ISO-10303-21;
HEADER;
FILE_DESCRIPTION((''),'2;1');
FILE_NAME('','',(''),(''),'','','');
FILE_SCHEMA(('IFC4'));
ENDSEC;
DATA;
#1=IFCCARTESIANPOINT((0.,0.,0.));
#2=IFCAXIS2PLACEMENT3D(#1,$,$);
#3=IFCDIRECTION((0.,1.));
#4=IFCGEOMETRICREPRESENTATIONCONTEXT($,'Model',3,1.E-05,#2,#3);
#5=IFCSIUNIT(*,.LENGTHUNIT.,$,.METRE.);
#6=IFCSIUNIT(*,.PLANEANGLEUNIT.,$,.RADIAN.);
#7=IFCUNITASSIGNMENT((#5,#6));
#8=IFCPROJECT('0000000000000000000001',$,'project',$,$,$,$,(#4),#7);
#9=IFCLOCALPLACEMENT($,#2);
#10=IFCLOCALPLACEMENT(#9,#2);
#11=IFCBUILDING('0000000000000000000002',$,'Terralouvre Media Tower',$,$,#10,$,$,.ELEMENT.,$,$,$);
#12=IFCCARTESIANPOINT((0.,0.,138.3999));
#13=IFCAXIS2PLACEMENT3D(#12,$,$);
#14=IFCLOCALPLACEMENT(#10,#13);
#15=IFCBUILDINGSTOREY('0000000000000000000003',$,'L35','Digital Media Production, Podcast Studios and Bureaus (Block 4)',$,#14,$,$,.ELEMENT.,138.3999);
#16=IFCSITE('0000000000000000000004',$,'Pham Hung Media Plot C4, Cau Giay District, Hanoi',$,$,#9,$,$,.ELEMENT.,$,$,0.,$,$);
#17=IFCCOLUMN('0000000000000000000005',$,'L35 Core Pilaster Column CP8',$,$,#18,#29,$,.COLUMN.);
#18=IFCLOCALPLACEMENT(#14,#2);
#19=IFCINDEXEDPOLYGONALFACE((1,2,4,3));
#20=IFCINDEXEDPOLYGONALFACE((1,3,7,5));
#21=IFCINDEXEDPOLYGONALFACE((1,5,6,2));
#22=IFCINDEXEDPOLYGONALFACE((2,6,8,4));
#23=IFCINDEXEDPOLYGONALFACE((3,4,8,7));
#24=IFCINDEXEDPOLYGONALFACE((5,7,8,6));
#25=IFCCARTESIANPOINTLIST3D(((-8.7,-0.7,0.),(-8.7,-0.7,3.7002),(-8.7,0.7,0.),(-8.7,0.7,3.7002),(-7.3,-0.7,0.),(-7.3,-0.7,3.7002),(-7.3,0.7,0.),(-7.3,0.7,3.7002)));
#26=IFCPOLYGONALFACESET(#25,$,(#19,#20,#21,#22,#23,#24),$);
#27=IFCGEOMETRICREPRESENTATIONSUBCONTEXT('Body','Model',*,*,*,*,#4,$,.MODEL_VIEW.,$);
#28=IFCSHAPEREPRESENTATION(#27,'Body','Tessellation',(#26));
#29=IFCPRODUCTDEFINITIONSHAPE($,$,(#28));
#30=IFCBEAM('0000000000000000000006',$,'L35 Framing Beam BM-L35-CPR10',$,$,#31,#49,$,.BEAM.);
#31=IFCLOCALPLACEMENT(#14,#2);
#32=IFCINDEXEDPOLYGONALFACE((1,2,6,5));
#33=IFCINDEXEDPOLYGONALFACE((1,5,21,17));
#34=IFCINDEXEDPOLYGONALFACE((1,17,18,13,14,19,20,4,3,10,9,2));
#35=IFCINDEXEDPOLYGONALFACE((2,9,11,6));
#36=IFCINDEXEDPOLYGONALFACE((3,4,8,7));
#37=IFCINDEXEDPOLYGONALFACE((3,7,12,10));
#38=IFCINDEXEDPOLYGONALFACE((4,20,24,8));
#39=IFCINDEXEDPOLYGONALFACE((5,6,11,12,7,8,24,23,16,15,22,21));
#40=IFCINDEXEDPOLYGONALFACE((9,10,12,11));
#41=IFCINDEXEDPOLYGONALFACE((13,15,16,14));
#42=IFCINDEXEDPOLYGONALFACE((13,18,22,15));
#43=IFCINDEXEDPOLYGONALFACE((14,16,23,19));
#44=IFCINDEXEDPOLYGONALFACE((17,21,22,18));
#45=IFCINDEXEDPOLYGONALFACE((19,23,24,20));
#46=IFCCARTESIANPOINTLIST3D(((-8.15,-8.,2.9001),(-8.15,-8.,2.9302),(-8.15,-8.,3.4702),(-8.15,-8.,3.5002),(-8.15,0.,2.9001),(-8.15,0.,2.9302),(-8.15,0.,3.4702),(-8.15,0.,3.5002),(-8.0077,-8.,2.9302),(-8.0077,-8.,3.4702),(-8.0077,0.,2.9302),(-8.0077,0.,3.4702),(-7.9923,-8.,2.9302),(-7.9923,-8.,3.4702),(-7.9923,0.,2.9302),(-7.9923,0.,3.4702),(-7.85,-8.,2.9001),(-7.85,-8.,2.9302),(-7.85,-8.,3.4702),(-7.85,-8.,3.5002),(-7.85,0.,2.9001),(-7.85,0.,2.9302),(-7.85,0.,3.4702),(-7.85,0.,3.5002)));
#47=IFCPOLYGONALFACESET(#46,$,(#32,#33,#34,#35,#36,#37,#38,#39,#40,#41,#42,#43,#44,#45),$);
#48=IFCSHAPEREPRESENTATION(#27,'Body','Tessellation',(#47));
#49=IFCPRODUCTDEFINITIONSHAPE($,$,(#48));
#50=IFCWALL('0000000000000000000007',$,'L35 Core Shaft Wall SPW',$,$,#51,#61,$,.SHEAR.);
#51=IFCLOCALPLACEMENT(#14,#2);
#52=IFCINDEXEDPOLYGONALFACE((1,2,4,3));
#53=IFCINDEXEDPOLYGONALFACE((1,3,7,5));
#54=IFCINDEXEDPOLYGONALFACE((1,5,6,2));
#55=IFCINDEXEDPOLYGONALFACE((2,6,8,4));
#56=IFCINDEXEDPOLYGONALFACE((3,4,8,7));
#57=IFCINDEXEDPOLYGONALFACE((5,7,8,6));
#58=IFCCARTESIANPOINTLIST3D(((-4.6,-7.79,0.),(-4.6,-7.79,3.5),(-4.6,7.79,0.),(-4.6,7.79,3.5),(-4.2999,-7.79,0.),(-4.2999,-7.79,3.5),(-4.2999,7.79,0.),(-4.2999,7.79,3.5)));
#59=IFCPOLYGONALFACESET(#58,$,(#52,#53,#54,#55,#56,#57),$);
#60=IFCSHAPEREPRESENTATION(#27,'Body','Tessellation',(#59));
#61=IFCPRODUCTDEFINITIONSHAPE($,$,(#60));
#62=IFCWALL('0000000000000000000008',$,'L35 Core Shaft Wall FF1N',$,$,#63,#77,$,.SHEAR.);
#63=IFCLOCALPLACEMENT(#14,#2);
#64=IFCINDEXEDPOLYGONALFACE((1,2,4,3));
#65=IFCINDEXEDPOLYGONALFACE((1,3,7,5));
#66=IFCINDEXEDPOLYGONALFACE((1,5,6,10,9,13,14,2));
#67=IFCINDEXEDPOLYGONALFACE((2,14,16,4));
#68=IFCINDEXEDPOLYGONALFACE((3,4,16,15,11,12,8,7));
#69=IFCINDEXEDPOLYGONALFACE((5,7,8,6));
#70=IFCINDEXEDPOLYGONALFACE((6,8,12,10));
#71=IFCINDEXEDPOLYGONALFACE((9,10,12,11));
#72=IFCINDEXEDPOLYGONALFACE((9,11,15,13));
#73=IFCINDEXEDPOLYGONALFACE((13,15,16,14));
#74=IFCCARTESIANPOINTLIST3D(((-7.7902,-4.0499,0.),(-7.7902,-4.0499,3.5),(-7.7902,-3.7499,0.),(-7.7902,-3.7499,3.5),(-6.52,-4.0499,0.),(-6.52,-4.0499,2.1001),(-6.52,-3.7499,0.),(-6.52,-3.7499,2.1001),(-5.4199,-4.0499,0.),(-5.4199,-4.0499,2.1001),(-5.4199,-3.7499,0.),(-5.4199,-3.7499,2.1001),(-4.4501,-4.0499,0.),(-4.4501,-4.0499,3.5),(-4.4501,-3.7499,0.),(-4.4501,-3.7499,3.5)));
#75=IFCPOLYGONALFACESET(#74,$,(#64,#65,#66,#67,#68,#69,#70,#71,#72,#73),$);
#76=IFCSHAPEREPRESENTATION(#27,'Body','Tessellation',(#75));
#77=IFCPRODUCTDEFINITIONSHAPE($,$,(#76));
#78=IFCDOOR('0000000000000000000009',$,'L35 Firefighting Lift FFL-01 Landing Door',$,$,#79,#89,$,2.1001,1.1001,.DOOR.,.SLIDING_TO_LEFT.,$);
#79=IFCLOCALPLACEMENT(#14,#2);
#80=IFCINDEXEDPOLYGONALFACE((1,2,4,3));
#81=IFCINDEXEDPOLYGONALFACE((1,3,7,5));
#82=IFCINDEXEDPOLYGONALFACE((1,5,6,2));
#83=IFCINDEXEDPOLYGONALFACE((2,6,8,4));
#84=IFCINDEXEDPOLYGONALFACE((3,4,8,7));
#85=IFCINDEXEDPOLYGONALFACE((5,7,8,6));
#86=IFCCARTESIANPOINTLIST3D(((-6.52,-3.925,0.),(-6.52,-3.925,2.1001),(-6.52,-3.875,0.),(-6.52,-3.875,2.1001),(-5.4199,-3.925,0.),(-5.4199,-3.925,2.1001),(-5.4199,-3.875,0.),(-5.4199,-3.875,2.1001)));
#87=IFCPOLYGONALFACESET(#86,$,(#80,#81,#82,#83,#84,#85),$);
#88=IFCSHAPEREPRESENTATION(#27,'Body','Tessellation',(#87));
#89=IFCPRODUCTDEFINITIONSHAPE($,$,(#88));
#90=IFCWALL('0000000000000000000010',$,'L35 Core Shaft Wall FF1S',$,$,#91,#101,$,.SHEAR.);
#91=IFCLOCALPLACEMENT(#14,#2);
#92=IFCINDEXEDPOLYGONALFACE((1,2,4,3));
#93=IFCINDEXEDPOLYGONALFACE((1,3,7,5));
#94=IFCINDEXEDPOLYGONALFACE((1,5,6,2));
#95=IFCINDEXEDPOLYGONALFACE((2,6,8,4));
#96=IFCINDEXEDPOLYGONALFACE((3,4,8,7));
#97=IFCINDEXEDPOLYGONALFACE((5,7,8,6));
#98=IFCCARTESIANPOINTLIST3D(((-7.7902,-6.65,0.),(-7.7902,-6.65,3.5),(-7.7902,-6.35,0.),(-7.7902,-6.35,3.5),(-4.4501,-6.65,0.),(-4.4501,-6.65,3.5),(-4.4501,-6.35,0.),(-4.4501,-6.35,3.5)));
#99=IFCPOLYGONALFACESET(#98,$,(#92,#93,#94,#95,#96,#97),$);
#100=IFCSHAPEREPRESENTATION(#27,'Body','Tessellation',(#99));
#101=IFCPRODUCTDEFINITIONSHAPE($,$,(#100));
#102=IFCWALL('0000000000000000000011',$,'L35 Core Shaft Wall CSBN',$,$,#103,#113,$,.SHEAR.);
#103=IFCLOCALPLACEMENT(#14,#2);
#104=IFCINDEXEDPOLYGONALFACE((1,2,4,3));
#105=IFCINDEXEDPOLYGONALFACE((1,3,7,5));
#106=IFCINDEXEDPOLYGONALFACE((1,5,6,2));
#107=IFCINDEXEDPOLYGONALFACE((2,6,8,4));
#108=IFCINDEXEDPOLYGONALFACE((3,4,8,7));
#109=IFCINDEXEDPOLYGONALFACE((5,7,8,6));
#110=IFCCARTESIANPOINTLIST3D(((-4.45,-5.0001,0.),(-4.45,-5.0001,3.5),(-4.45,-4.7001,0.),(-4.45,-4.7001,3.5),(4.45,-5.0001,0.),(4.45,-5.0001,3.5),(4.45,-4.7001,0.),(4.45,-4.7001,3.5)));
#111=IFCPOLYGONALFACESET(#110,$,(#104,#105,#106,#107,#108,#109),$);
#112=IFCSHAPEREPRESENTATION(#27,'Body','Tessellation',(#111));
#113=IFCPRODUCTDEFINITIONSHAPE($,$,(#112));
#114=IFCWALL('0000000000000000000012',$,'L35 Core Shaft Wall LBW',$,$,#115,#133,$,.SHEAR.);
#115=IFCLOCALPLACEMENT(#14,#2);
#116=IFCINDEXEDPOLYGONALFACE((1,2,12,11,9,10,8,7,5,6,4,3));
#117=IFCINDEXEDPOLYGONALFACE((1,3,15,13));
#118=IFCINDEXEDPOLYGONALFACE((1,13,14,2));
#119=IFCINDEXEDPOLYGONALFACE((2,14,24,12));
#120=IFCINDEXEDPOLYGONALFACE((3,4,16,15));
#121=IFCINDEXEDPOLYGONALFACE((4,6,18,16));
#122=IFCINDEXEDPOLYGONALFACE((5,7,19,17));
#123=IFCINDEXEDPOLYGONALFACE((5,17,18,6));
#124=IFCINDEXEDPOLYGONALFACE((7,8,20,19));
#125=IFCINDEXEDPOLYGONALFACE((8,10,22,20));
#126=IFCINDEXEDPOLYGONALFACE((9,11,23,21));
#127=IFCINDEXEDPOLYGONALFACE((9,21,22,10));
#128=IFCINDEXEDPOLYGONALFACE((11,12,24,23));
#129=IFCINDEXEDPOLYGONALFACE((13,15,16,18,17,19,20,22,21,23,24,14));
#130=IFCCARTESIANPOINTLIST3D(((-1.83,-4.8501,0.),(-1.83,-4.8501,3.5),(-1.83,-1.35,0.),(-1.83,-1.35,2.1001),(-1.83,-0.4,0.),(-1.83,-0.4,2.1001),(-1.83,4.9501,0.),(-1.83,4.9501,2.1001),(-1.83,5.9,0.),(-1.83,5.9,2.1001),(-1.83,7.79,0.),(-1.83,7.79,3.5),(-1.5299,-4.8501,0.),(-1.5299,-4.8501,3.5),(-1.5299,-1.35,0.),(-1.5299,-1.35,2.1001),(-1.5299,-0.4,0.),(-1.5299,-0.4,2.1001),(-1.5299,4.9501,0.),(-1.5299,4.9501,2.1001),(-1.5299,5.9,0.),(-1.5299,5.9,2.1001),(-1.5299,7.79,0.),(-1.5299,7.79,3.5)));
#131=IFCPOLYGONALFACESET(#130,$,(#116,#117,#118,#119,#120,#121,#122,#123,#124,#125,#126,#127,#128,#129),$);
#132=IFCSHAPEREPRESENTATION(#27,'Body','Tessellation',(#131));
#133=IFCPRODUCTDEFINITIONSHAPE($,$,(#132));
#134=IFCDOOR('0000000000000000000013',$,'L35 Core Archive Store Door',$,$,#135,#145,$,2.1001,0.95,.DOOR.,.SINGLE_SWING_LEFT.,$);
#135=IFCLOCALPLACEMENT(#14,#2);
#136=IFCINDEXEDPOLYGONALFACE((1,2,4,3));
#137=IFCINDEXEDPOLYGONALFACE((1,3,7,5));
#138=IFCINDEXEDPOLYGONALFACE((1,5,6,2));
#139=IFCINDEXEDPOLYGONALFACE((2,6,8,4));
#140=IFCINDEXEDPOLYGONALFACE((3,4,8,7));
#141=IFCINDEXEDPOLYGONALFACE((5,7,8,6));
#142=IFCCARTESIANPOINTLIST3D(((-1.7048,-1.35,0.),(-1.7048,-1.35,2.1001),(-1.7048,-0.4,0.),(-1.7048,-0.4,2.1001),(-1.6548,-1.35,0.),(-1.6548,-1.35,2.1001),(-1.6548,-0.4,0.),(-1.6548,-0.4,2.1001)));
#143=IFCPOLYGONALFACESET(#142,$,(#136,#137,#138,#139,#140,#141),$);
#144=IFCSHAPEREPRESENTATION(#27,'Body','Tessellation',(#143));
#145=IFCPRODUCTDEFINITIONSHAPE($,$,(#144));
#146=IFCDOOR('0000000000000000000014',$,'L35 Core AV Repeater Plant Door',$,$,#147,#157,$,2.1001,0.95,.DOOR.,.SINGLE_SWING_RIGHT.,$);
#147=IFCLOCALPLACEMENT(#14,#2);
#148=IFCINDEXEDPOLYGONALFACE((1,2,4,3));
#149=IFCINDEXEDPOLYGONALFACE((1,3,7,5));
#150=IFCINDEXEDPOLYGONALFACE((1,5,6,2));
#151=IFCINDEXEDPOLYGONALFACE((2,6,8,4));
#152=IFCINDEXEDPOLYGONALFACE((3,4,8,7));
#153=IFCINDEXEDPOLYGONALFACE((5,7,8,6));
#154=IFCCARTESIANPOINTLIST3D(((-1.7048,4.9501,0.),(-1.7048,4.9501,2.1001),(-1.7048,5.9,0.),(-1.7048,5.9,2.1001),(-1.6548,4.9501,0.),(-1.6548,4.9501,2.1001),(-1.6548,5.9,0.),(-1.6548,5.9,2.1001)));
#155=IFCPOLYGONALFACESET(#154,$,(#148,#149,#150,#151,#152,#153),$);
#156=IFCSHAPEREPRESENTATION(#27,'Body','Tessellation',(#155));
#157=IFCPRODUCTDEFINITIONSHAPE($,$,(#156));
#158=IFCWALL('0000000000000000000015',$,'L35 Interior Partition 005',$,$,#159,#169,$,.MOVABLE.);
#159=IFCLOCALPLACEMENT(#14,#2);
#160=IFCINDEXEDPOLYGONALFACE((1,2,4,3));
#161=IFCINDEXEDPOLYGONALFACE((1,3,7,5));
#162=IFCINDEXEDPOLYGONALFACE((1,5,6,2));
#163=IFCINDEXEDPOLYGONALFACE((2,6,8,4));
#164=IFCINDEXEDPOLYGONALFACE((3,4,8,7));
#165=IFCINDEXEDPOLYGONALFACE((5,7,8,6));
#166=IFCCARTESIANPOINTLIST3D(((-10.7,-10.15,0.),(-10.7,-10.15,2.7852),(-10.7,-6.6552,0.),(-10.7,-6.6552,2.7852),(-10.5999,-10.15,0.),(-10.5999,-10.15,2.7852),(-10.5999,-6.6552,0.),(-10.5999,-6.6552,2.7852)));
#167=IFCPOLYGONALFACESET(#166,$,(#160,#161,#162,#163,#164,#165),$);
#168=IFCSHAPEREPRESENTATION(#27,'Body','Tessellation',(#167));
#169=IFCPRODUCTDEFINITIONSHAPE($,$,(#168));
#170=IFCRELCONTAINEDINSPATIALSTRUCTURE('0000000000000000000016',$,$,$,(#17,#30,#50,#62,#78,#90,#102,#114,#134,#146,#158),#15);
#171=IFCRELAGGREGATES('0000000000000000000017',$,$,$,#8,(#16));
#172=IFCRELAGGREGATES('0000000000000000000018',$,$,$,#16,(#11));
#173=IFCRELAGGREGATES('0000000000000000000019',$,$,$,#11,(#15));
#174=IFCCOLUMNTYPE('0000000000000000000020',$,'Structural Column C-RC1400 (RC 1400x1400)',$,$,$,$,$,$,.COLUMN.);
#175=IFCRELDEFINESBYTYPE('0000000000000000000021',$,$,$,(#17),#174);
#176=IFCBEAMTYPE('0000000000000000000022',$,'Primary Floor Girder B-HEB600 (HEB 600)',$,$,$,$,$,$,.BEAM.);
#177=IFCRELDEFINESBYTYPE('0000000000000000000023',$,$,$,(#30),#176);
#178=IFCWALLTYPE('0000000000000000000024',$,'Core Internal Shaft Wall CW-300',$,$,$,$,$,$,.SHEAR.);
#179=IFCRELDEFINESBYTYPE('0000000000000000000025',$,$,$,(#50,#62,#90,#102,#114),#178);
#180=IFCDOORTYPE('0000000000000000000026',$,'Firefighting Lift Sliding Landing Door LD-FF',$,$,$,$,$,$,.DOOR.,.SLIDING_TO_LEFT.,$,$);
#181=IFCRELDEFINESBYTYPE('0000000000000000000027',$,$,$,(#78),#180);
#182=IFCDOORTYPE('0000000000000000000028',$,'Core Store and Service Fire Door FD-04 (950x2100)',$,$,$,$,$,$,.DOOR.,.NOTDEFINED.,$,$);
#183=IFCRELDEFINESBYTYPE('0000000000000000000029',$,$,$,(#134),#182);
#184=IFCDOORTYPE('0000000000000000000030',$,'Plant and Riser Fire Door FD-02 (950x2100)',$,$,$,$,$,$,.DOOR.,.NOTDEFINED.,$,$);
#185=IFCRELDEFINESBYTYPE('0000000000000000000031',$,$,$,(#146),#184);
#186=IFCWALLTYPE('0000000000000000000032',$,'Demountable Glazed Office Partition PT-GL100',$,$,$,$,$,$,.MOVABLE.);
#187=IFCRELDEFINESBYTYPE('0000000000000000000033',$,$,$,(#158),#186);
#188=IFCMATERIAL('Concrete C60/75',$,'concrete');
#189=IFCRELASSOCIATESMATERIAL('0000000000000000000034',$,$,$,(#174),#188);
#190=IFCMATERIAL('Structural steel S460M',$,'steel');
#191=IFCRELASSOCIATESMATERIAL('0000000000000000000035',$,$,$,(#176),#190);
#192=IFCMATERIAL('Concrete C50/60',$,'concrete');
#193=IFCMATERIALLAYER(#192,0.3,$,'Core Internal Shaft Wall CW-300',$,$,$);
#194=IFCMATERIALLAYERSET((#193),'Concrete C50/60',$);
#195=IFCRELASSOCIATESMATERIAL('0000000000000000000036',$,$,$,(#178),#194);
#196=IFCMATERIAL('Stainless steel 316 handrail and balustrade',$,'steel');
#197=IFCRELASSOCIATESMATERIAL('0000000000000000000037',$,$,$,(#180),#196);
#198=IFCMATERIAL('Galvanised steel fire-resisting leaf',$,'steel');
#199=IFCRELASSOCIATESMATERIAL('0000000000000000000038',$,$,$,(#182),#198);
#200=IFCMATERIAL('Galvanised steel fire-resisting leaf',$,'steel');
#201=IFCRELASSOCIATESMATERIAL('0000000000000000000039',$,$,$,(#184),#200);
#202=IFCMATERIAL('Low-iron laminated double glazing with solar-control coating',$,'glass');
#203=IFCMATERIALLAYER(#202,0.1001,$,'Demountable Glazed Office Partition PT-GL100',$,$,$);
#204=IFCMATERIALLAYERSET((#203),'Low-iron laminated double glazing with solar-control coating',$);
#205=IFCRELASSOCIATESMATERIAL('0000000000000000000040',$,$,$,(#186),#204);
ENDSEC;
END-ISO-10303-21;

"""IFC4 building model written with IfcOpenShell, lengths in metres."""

from ifc_helpers import new_model, si_unit, direction, frame, frame_2d, origin, origin_2d, place, context, subcontext, project, spatial, rectangle, i_section, extrude, material, layer, layer_set, material_profile, profile_set, type_object, element, fill, save


model = new_model("IFC4")

# Units and contexts
model_context = context("Model", 3, precision=1e-05, world=origin(), true_north=direction((0.0, 1.0)))
body_context = subcontext(model_context, "Body", "Model", "MODEL_VIEW")
ifc_project = project(units=[si_unit("LENGTHUNIT", "METRE"), si_unit("PLANEANGLEUNIT", "RADIAN")], contexts=[model_context])

# Site, building, storey
site_placement = place(None, origin())
site = spatial("IfcSite", under=ifc_project, at=site_placement, Name="Pham Hung Media Plot C4, Cau Giay District, Hanoi", CompositionType="ELEMENT", RefElevation=0.0)
building_placement = place(site_placement, origin())
building = spatial("IfcBuilding", under=site, at=building_placement, Name="Terralouvre Media Tower", CompositionType="ELEMENT")
storey_placement = place(building_placement, frame((0.0, 0.0, 138.3999)))
storey = spatial("IfcBuildingStorey", under=building, at=storey_placement, Name="L35", Description="Digital Media Production, Podcast Studios and Bureaus (Block 4)", CompositionType="ELEMENT", Elevation=138.3999)

# Column
ifc_material_1 = material(Name="Concrete C60/75", Category="concrete")
ifc_material_profile_1 = material_profile(ifc_material_1, rectangle(XDim=1.3999, YDim=1.3999, at=origin_2d()), Name="RC 1400x1400")
ifc_profile_set_1 = profile_set([ifc_material_profile_1], Name="Concrete C60/75")
column_type = type_object("IfcColumnType", Name="Structural Column C-RC1400 (RC 1400x1400)", PredefinedType="COLUMN", material=ifc_profile_set_1)
column_placement = place(storey_placement, frame((-8.0, 0.0, 0.0), z_axis=(0.0, 0.0, 1.0), x_axis=(1.0, 0.0, 0.0)))
element("IfcColumn", 1, at=column_placement, inside=storey, type_object=column_type, Name="L35 Core Pilaster Column CP8", PredefinedType="COLUMN", context=body_context, shape_type="SweptSolid", body=[
    extrude(rectangle(XDim=1.3999, YDim=1.3999, at=origin_2d()), origin(), (0.0, 0.0, 1.0), 3.7002),
])

# Beam
ifc_material_2 = material(Name="Structural steel S460M", Category="steel")
ifc_material_profile_2 = material_profile(ifc_material_2, i_section(OverallWidth=0.3, OverallDepth=0.6001, WebThickness=0.0154, FlangeThickness=0.03, at=origin_2d()), Name="HEB 600")
ifc_profile_set_2 = profile_set([ifc_material_profile_2], Name="Structural steel S460M")
beam_type = type_object("IfcBeamType", Name="Primary Floor Girder B-HEB600 (HEB 600)", PredefinedType="BEAM", material=ifc_profile_set_2)
beam_placement = place(storey_placement, frame((-8.0, 0.0, 3.2002), z_axis=(0.0, -1.0, 0.0), x_axis=(1.0, 0.0, 0.0)))
element("IfcBeam", 2, at=beam_placement, inside=storey, type_object=beam_type, Name="L35 Framing Beam BM-L35-CPR10", PredefinedType="BEAM", context=body_context, shape_type="SweptSolid", body=[
    extrude(i_section(OverallWidth=0.3, OverallDepth=0.6001, WebThickness=0.0154, FlangeThickness=0.03, at=origin_2d()), origin(), (0.0, 0.0, 1.0), 8.0),
])

# Wall
ifc_material_3 = material(Name="Concrete C50/60", Category="concrete")
ifc_layer_1 = layer(ifc_material_3, 0.3, Name="Core Internal Shaft Wall CW-300")
ifc_layer_set_1 = layer_set([ifc_layer_1], Name="Concrete C50/60")
wall_type_1 = type_object("IfcWallType", Name="Core Internal Shaft Wall CW-300", PredefinedType="SHEAR", material=ifc_layer_set_1)
wall_1_placement = place(storey_placement, frame((-4.45, -7.79, 0.0), z_axis=(0.0, 0.0, 1.0), x_axis=(0.0, 1.0, 0.0)))
element("IfcWall", 3, at=wall_1_placement, inside=storey, type_object=wall_type_1, Name="L35 Core Shaft Wall SPW", PredefinedType="SHEAR", context=body_context, shape_type="SweptSolid", body=[
    extrude(rectangle(XDim=15.5801, YDim=0.3, at=frame_2d((7.79, 0.0))), origin(), (0.0, 0.0, 1.0), 3.5),
])

# Wall, opening, door
wall_2_placement = place(storey_placement, frame((-7.79, -3.8999, 0.0), z_axis=(0.0, 0.0, 1.0), x_axis=(1.0, 0.0, 0.0)))
wall_2 = element("IfcWall", 4, at=wall_2_placement, inside=storey, type_object=wall_type_1, Name="L35 Core Shaft Wall FF1N", PredefinedType="SHEAR", context=body_context, shape_type="SweptSolid", body=[
    extrude(rectangle(XDim=3.3401, YDim=0.3, at=frame_2d((1.6699, 0.0))), origin(), (0.0, 0.0, 1.0), 3.5),
])
opening_1_placement = place(wall_2_placement, frame((1.27, 0.0, 0.0)))
opening_1 = element("IfcOpeningElement", 5, at=opening_1_placement, cuts=wall_2, PredefinedType="OPENING", context=body_context, shape_type="SweptSolid", body=[
    extrude(rectangle(XDim=1.1001, YDim=2.1001, at=frame_2d((0.55, 1.05))), frame((0.0, 0.1599, 0.0), z_axis=(0.0, -1.0, 0.0), x_axis=(1.0, 0.0, 0.0)), (0.0, 0.0, 1.0), 0.3201),
])
ifc_material_4 = material(Name="Stainless steel 316 handrail and balustrade", Category="steel")
door_type_1 = type_object("IfcDoorType", Name="Firefighting Lift Sliding Landing Door LD-FF", OperationType="SLIDING_TO_LEFT", PredefinedType="DOOR", material=ifc_material_4)
door_1_placement = place(opening_1_placement, origin())
door_1 = element("IfcDoor", 6, at=door_1_placement, inside=storey, type_object=door_type_1, Name="L35 Firefighting Lift FFL-01 Landing Door", OperationType="SLIDING_TO_LEFT", OverallHeight=2.1001, OverallWidth=1.1001, PredefinedType="DOOR", context=body_context, shape_type="SweptSolid", body=[
    extrude(rectangle(XDim=1.1001, YDim=2.1001, at=frame_2d((0.55, 1.05))), frame((0.0, 0.0249, 0.0), z_axis=(0.0, -1.0, 0.0), x_axis=(1.0, 0.0, 0.0)), (0.0, 0.0, 1.0), 0.05),
])
fill(opening_1, door_1)

# Walls
wall_3_placement = place(storey_placement, frame((-7.79, -6.5, 0.0), z_axis=(0.0, 0.0, 1.0), x_axis=(1.0, 0.0, 0.0)))
element("IfcWall", 7, at=wall_3_placement, inside=storey, type_object=wall_type_1, Name="L35 Core Shaft Wall FF1S", PredefinedType="SHEAR", context=body_context, shape_type="SweptSolid", body=[
    extrude(rectangle(XDim=3.3401, YDim=0.3, at=frame_2d((1.6699, 0.0))), origin(), (0.0, 0.0, 1.0), 3.5),
])
wall_4_placement = place(storey_placement, frame((-4.45, -4.8501, 0.0), z_axis=(0.0, 0.0, 1.0), x_axis=(1.0, 0.0, 0.0)))
element("IfcWall", 8, at=wall_4_placement, inside=storey, type_object=wall_type_1, Name="L35 Core Shaft Wall CSBN", PredefinedType="SHEAR", context=body_context, shape_type="SweptSolid", body=[
    extrude(rectangle(XDim=8.8999, YDim=0.3, at=frame_2d((4.45, 0.0))), origin(), (0.0, 0.0, 1.0), 3.5),
])

# Wall, openings, doors
wall_5_placement = place(storey_placement, frame((-1.6799, -4.8501, 0.0), z_axis=(0.0, 0.0, 1.0), x_axis=(0.0, 1.0, 0.0)))
wall_5 = element("IfcWall", 9, at=wall_5_placement, inside=storey, type_object=wall_type_1, Name="L35 Core Shaft Wall LBW", PredefinedType="SHEAR", context=body_context, shape_type="SweptSolid", body=[
    extrude(rectangle(XDim=12.6401, YDim=0.3, at=frame_2d((6.3201, 0.0))), origin(), (0.0, 0.0, 1.0), 3.5),
])
opening_2_placement = place(wall_5_placement, frame((3.5, 0.0, 0.0)))
opening_2 = element("IfcOpeningElement", 10, at=opening_2_placement, cuts=wall_5, PredefinedType="OPENING", context=body_context, shape_type="SweptSolid", body=[
    extrude(rectangle(XDim=0.95, YDim=2.1001, at=frame_2d((0.4751, 1.05))), frame((0.0, 0.1599, 0.0), z_axis=(0.0, -1.0, 0.0), x_axis=(1.0, 0.0, 0.0)), (0.0, 0.0, 1.0), 0.3201),
])
opening_3_placement = place(wall_5_placement, frame((9.8, 0.0, 0.0)))
opening_3 = element("IfcOpeningElement", 11, at=opening_3_placement, cuts=wall_5, PredefinedType="OPENING", context=body_context, shape_type="SweptSolid", body=[
    extrude(rectangle(XDim=0.95, YDim=2.1001, at=frame_2d((0.4751, 1.05))), frame((0.0, 0.1599, 0.0), z_axis=(0.0, -1.0, 0.0), x_axis=(1.0, 0.0, 0.0)), (0.0, 0.0, 1.0), 0.3201),
])
ifc_material_5 = material(Name="Galvanised steel fire-resisting leaf", Category="steel")
door_type_2 = type_object("IfcDoorType", Name="Core Store and Service Fire Door FD-04 (950x2100)", OperationType="NOTDEFINED", PredefinedType="DOOR", material=ifc_material_5)
door_2_placement = place(opening_2_placement, origin())
door_2 = element("IfcDoor", 12, at=door_2_placement, inside=storey, type_object=door_type_2, Name="L35 Core Archive Store Door", OperationType="SINGLE_SWING_LEFT", OverallHeight=2.1001, OverallWidth=0.95, PredefinedType="DOOR", context=body_context, shape_type="SweptSolid", body=[
    extrude(rectangle(XDim=0.95, YDim=2.1001, at=frame_2d((0.4751, 1.05))), frame((0.0, 0.0249, 0.0), z_axis=(0.0, -1.0, 0.0), x_axis=(1.0, 0.0, 0.0)), (0.0, 0.0, 1.0), 0.05),
])
fill(opening_2, door_2)
ifc_material_6 = material(Name="Galvanised steel fire-resisting leaf", Category="steel")
door_type_3 = type_object("IfcDoorType", Name="Plant and Riser Fire Door FD-02 (950x2100)", OperationType="NOTDEFINED", PredefinedType="DOOR", material=ifc_material_6)
door_3_placement = place(opening_3_placement, origin())
door_3 = element("IfcDoor", 13, at=door_3_placement, inside=storey, type_object=door_type_3, Name="L35 Core AV Repeater Plant Door", OperationType="SINGLE_SWING_RIGHT", OverallHeight=2.1001, OverallWidth=0.95, PredefinedType="DOOR", context=body_context, shape_type="SweptSolid", body=[
    extrude(rectangle(XDim=0.95, YDim=2.1001, at=frame_2d((0.4751, 1.05))), frame((0.0, 0.0249, 0.0), z_axis=(0.0, -1.0, 0.0), x_axis=(1.0, 0.0, 0.0)), (0.0, 0.0, 1.0), 0.05),
])
fill(opening_3, door_3)

# Wall
ifc_material_7 = material(Name="Low-iron laminated double glazing with solar-control coating", Category="glass")
ifc_layer_2 = layer(ifc_material_7, 0.1001, Name="Demountable Glazed Office Partition PT-GL100")
ifc_layer_set_2 = layer_set([ifc_layer_2], Name="Low-iron laminated double glazing with solar-control coating")
wall_type_2 = type_object("IfcWallType", Name="Demountable Glazed Office Partition PT-GL100", PredefinedType="MOVABLE", material=ifc_layer_set_2)
wall_6_placement = place(storey_placement, frame((-10.6499, -6.655, 0.0), z_axis=(0.0, 0.0, 1.0), x_axis=(0.0, -1.0, 0.0)))
element("IfcWall", 14, at=wall_6_placement, inside=storey, type_object=wall_type_2, Name="L35 Interior Partition 005", PredefinedType="MOVABLE", context=body_context, shape_type="SweptSolid", body=[
    extrude(rectangle(XDim=3.4949, YDim=0.1001, at=frame_2d((1.7476, 0.0))), origin(), (0.0, 0.0, 1.0), 2.7852),
])

save(model, "model.ifc")
